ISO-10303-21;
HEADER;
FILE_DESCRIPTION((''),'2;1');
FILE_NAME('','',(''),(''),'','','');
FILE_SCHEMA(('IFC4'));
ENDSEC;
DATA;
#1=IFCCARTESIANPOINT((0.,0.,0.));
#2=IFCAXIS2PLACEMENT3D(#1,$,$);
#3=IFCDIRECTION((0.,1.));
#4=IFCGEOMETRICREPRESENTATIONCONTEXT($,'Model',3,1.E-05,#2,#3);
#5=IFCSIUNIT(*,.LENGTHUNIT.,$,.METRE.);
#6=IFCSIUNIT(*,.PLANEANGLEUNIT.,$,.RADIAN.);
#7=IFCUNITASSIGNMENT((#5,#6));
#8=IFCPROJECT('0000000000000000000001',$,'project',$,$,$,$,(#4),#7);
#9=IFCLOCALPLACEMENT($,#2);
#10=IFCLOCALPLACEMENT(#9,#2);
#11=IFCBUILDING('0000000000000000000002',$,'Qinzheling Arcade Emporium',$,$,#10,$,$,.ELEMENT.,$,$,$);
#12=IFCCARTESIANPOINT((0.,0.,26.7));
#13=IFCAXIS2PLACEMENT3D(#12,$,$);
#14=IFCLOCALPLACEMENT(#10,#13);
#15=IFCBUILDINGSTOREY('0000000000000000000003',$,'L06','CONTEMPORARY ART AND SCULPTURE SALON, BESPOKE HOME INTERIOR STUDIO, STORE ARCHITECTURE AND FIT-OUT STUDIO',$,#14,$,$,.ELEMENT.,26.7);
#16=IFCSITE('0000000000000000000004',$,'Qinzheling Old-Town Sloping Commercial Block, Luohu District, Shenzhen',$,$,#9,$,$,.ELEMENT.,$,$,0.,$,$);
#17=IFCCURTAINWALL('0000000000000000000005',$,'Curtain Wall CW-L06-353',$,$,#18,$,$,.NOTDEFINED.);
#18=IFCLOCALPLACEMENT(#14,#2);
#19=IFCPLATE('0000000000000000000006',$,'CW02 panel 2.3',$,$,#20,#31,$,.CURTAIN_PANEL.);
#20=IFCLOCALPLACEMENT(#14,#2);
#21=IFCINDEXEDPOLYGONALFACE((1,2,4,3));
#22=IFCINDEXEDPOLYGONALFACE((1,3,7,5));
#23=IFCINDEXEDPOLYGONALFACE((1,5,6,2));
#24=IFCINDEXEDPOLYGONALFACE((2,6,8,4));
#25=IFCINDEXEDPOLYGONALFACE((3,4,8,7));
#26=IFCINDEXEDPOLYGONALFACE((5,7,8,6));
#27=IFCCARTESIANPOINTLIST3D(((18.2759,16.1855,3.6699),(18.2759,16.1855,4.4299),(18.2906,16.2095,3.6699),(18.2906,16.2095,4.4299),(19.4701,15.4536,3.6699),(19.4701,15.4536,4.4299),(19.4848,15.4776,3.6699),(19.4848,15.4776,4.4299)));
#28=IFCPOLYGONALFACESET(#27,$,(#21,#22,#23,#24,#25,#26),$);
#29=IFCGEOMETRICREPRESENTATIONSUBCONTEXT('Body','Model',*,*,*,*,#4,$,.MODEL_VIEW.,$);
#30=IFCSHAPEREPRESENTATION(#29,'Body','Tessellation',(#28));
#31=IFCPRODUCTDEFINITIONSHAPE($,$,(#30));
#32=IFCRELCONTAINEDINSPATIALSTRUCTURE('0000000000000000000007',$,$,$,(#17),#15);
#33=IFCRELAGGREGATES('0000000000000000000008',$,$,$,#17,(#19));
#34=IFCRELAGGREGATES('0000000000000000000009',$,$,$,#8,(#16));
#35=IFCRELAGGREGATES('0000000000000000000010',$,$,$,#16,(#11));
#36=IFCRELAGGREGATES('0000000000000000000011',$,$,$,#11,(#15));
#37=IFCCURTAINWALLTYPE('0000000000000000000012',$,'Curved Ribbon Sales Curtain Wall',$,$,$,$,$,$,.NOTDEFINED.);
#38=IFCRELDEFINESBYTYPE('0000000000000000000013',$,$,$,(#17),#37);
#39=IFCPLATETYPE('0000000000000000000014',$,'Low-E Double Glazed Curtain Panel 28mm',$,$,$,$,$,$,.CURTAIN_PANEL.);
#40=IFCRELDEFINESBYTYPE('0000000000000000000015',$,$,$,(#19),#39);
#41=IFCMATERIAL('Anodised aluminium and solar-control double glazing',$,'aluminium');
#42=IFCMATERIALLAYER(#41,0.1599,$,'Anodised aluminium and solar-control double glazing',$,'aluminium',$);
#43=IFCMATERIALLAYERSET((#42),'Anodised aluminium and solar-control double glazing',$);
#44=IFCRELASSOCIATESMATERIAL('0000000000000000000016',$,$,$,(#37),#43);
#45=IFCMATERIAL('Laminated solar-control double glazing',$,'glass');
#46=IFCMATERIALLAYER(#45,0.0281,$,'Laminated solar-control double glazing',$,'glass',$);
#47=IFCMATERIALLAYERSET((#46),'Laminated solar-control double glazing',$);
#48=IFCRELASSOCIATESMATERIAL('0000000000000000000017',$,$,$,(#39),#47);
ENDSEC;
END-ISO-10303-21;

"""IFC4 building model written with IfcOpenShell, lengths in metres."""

from ifc_helpers import new_model, si_unit, direction, frame, origin, origin_2d, place, context, subcontext, project, spatial, rectangle, extrude, material, layer, layer_set, type_object, element, aggregate, save


model = new_model("IFC4")

# Units and contexts
model_context = context("Model", 3, precision=1e-05, world=origin(), true_north=direction((0.0, 1.0)))
body_context = subcontext(model_context, "Body", "Model", "MODEL_VIEW")
ifc_project = project(units=[si_unit("LENGTHUNIT", "METRE"), si_unit("PLANEANGLEUNIT", "RADIAN")], contexts=[model_context])

# Site, building, storey
site_placement = place(None, origin())
site = spatial("IfcSite", under=ifc_project, at=site_placement, Name="Qinzheling Old-Town Sloping Commercial Block, Luohu District, Shenzhen", CompositionType="ELEMENT", RefElevation=0.0)
building_placement = place(site_placement, origin())
building = spatial("IfcBuilding", under=site, at=building_placement, Name="Qinzheling Arcade Emporium", CompositionType="ELEMENT")
storey_placement = place(building_placement, frame((0.0, 0.0, 26.7)))
storey = spatial("IfcBuildingStorey", under=building, at=storey_placement, Name="L06", Description="CONTEMPORARY ART AND SCULPTURE SALON, BESPOKE HOME INTERIOR STUDIO, STORE ARCHITECTURE AND FIT-OUT STUDIO", CompositionType="ELEMENT", Elevation=26.7)

# Curtain wall
ifc_material_1 = material(Name="Anodised aluminium and solar-control double glazing", Category="aluminium")
ifc_layer_1 = layer(ifc_material_1, 0.1599, Name="Anodised aluminium and solar-control double glazing", Category="aluminium")
ifc_layer_set_1 = layer_set([ifc_layer_1], Name="Anodised aluminium and solar-control double glazing")
curtain_wall_type = type_object("IfcCurtainWallType", Name="Curved Ribbon Sales Curtain Wall", PredefinedType="NOTDEFINED", material=ifc_layer_set_1)
curtain_wall_1_placement = place(storey_placement, origin())
curtain_wall_1 = element("IfcCurtainWall", 1, at=curtain_wall_1_placement, inside=storey, type_object=curtain_wall_type, Name="Curtain Wall CW-L06-353", PredefinedType="NOTDEFINED")

# Plate
ifc_material_2 = material(Name="Laminated solar-control double glazing", Category="glass")
ifc_layer_2 = layer(ifc_material_2, 0.0281, Name="Laminated solar-control double glazing", Category="glass")
ifc_layer_set_2 = layer_set([ifc_layer_2], Name="Laminated solar-control double glazing")
plate_type_1 = type_object("IfcPlateType", Name="Low-E Double Glazed Curtain Panel 28mm", PredefinedType="CURTAIN_PANEL", material=ifc_layer_set_2)
plate_1_placement = place(storey_placement, frame((18.8804, 15.8315, 3.6699), z_axis=(0.0, 0.0, 1.0), x_axis=(-0.852601, 0.522562, 0.0)))
plate_1 = element("IfcPlate", 2, at=plate_1_placement, type_object=plate_type_1, Name="CW02 panel 2.3", PredefinedType="CURTAIN_PANEL", context=body_context, shape_type="SweptSolid", body=[
    extrude(rectangle(XDim=1.4006, YDim=0.0281, at=origin_2d()), origin(), (0.0, 0.0, 1.0), 0.76),
])
aggregate(curtain_wall_1, [plate_1])

save(model, "model.ifc")
